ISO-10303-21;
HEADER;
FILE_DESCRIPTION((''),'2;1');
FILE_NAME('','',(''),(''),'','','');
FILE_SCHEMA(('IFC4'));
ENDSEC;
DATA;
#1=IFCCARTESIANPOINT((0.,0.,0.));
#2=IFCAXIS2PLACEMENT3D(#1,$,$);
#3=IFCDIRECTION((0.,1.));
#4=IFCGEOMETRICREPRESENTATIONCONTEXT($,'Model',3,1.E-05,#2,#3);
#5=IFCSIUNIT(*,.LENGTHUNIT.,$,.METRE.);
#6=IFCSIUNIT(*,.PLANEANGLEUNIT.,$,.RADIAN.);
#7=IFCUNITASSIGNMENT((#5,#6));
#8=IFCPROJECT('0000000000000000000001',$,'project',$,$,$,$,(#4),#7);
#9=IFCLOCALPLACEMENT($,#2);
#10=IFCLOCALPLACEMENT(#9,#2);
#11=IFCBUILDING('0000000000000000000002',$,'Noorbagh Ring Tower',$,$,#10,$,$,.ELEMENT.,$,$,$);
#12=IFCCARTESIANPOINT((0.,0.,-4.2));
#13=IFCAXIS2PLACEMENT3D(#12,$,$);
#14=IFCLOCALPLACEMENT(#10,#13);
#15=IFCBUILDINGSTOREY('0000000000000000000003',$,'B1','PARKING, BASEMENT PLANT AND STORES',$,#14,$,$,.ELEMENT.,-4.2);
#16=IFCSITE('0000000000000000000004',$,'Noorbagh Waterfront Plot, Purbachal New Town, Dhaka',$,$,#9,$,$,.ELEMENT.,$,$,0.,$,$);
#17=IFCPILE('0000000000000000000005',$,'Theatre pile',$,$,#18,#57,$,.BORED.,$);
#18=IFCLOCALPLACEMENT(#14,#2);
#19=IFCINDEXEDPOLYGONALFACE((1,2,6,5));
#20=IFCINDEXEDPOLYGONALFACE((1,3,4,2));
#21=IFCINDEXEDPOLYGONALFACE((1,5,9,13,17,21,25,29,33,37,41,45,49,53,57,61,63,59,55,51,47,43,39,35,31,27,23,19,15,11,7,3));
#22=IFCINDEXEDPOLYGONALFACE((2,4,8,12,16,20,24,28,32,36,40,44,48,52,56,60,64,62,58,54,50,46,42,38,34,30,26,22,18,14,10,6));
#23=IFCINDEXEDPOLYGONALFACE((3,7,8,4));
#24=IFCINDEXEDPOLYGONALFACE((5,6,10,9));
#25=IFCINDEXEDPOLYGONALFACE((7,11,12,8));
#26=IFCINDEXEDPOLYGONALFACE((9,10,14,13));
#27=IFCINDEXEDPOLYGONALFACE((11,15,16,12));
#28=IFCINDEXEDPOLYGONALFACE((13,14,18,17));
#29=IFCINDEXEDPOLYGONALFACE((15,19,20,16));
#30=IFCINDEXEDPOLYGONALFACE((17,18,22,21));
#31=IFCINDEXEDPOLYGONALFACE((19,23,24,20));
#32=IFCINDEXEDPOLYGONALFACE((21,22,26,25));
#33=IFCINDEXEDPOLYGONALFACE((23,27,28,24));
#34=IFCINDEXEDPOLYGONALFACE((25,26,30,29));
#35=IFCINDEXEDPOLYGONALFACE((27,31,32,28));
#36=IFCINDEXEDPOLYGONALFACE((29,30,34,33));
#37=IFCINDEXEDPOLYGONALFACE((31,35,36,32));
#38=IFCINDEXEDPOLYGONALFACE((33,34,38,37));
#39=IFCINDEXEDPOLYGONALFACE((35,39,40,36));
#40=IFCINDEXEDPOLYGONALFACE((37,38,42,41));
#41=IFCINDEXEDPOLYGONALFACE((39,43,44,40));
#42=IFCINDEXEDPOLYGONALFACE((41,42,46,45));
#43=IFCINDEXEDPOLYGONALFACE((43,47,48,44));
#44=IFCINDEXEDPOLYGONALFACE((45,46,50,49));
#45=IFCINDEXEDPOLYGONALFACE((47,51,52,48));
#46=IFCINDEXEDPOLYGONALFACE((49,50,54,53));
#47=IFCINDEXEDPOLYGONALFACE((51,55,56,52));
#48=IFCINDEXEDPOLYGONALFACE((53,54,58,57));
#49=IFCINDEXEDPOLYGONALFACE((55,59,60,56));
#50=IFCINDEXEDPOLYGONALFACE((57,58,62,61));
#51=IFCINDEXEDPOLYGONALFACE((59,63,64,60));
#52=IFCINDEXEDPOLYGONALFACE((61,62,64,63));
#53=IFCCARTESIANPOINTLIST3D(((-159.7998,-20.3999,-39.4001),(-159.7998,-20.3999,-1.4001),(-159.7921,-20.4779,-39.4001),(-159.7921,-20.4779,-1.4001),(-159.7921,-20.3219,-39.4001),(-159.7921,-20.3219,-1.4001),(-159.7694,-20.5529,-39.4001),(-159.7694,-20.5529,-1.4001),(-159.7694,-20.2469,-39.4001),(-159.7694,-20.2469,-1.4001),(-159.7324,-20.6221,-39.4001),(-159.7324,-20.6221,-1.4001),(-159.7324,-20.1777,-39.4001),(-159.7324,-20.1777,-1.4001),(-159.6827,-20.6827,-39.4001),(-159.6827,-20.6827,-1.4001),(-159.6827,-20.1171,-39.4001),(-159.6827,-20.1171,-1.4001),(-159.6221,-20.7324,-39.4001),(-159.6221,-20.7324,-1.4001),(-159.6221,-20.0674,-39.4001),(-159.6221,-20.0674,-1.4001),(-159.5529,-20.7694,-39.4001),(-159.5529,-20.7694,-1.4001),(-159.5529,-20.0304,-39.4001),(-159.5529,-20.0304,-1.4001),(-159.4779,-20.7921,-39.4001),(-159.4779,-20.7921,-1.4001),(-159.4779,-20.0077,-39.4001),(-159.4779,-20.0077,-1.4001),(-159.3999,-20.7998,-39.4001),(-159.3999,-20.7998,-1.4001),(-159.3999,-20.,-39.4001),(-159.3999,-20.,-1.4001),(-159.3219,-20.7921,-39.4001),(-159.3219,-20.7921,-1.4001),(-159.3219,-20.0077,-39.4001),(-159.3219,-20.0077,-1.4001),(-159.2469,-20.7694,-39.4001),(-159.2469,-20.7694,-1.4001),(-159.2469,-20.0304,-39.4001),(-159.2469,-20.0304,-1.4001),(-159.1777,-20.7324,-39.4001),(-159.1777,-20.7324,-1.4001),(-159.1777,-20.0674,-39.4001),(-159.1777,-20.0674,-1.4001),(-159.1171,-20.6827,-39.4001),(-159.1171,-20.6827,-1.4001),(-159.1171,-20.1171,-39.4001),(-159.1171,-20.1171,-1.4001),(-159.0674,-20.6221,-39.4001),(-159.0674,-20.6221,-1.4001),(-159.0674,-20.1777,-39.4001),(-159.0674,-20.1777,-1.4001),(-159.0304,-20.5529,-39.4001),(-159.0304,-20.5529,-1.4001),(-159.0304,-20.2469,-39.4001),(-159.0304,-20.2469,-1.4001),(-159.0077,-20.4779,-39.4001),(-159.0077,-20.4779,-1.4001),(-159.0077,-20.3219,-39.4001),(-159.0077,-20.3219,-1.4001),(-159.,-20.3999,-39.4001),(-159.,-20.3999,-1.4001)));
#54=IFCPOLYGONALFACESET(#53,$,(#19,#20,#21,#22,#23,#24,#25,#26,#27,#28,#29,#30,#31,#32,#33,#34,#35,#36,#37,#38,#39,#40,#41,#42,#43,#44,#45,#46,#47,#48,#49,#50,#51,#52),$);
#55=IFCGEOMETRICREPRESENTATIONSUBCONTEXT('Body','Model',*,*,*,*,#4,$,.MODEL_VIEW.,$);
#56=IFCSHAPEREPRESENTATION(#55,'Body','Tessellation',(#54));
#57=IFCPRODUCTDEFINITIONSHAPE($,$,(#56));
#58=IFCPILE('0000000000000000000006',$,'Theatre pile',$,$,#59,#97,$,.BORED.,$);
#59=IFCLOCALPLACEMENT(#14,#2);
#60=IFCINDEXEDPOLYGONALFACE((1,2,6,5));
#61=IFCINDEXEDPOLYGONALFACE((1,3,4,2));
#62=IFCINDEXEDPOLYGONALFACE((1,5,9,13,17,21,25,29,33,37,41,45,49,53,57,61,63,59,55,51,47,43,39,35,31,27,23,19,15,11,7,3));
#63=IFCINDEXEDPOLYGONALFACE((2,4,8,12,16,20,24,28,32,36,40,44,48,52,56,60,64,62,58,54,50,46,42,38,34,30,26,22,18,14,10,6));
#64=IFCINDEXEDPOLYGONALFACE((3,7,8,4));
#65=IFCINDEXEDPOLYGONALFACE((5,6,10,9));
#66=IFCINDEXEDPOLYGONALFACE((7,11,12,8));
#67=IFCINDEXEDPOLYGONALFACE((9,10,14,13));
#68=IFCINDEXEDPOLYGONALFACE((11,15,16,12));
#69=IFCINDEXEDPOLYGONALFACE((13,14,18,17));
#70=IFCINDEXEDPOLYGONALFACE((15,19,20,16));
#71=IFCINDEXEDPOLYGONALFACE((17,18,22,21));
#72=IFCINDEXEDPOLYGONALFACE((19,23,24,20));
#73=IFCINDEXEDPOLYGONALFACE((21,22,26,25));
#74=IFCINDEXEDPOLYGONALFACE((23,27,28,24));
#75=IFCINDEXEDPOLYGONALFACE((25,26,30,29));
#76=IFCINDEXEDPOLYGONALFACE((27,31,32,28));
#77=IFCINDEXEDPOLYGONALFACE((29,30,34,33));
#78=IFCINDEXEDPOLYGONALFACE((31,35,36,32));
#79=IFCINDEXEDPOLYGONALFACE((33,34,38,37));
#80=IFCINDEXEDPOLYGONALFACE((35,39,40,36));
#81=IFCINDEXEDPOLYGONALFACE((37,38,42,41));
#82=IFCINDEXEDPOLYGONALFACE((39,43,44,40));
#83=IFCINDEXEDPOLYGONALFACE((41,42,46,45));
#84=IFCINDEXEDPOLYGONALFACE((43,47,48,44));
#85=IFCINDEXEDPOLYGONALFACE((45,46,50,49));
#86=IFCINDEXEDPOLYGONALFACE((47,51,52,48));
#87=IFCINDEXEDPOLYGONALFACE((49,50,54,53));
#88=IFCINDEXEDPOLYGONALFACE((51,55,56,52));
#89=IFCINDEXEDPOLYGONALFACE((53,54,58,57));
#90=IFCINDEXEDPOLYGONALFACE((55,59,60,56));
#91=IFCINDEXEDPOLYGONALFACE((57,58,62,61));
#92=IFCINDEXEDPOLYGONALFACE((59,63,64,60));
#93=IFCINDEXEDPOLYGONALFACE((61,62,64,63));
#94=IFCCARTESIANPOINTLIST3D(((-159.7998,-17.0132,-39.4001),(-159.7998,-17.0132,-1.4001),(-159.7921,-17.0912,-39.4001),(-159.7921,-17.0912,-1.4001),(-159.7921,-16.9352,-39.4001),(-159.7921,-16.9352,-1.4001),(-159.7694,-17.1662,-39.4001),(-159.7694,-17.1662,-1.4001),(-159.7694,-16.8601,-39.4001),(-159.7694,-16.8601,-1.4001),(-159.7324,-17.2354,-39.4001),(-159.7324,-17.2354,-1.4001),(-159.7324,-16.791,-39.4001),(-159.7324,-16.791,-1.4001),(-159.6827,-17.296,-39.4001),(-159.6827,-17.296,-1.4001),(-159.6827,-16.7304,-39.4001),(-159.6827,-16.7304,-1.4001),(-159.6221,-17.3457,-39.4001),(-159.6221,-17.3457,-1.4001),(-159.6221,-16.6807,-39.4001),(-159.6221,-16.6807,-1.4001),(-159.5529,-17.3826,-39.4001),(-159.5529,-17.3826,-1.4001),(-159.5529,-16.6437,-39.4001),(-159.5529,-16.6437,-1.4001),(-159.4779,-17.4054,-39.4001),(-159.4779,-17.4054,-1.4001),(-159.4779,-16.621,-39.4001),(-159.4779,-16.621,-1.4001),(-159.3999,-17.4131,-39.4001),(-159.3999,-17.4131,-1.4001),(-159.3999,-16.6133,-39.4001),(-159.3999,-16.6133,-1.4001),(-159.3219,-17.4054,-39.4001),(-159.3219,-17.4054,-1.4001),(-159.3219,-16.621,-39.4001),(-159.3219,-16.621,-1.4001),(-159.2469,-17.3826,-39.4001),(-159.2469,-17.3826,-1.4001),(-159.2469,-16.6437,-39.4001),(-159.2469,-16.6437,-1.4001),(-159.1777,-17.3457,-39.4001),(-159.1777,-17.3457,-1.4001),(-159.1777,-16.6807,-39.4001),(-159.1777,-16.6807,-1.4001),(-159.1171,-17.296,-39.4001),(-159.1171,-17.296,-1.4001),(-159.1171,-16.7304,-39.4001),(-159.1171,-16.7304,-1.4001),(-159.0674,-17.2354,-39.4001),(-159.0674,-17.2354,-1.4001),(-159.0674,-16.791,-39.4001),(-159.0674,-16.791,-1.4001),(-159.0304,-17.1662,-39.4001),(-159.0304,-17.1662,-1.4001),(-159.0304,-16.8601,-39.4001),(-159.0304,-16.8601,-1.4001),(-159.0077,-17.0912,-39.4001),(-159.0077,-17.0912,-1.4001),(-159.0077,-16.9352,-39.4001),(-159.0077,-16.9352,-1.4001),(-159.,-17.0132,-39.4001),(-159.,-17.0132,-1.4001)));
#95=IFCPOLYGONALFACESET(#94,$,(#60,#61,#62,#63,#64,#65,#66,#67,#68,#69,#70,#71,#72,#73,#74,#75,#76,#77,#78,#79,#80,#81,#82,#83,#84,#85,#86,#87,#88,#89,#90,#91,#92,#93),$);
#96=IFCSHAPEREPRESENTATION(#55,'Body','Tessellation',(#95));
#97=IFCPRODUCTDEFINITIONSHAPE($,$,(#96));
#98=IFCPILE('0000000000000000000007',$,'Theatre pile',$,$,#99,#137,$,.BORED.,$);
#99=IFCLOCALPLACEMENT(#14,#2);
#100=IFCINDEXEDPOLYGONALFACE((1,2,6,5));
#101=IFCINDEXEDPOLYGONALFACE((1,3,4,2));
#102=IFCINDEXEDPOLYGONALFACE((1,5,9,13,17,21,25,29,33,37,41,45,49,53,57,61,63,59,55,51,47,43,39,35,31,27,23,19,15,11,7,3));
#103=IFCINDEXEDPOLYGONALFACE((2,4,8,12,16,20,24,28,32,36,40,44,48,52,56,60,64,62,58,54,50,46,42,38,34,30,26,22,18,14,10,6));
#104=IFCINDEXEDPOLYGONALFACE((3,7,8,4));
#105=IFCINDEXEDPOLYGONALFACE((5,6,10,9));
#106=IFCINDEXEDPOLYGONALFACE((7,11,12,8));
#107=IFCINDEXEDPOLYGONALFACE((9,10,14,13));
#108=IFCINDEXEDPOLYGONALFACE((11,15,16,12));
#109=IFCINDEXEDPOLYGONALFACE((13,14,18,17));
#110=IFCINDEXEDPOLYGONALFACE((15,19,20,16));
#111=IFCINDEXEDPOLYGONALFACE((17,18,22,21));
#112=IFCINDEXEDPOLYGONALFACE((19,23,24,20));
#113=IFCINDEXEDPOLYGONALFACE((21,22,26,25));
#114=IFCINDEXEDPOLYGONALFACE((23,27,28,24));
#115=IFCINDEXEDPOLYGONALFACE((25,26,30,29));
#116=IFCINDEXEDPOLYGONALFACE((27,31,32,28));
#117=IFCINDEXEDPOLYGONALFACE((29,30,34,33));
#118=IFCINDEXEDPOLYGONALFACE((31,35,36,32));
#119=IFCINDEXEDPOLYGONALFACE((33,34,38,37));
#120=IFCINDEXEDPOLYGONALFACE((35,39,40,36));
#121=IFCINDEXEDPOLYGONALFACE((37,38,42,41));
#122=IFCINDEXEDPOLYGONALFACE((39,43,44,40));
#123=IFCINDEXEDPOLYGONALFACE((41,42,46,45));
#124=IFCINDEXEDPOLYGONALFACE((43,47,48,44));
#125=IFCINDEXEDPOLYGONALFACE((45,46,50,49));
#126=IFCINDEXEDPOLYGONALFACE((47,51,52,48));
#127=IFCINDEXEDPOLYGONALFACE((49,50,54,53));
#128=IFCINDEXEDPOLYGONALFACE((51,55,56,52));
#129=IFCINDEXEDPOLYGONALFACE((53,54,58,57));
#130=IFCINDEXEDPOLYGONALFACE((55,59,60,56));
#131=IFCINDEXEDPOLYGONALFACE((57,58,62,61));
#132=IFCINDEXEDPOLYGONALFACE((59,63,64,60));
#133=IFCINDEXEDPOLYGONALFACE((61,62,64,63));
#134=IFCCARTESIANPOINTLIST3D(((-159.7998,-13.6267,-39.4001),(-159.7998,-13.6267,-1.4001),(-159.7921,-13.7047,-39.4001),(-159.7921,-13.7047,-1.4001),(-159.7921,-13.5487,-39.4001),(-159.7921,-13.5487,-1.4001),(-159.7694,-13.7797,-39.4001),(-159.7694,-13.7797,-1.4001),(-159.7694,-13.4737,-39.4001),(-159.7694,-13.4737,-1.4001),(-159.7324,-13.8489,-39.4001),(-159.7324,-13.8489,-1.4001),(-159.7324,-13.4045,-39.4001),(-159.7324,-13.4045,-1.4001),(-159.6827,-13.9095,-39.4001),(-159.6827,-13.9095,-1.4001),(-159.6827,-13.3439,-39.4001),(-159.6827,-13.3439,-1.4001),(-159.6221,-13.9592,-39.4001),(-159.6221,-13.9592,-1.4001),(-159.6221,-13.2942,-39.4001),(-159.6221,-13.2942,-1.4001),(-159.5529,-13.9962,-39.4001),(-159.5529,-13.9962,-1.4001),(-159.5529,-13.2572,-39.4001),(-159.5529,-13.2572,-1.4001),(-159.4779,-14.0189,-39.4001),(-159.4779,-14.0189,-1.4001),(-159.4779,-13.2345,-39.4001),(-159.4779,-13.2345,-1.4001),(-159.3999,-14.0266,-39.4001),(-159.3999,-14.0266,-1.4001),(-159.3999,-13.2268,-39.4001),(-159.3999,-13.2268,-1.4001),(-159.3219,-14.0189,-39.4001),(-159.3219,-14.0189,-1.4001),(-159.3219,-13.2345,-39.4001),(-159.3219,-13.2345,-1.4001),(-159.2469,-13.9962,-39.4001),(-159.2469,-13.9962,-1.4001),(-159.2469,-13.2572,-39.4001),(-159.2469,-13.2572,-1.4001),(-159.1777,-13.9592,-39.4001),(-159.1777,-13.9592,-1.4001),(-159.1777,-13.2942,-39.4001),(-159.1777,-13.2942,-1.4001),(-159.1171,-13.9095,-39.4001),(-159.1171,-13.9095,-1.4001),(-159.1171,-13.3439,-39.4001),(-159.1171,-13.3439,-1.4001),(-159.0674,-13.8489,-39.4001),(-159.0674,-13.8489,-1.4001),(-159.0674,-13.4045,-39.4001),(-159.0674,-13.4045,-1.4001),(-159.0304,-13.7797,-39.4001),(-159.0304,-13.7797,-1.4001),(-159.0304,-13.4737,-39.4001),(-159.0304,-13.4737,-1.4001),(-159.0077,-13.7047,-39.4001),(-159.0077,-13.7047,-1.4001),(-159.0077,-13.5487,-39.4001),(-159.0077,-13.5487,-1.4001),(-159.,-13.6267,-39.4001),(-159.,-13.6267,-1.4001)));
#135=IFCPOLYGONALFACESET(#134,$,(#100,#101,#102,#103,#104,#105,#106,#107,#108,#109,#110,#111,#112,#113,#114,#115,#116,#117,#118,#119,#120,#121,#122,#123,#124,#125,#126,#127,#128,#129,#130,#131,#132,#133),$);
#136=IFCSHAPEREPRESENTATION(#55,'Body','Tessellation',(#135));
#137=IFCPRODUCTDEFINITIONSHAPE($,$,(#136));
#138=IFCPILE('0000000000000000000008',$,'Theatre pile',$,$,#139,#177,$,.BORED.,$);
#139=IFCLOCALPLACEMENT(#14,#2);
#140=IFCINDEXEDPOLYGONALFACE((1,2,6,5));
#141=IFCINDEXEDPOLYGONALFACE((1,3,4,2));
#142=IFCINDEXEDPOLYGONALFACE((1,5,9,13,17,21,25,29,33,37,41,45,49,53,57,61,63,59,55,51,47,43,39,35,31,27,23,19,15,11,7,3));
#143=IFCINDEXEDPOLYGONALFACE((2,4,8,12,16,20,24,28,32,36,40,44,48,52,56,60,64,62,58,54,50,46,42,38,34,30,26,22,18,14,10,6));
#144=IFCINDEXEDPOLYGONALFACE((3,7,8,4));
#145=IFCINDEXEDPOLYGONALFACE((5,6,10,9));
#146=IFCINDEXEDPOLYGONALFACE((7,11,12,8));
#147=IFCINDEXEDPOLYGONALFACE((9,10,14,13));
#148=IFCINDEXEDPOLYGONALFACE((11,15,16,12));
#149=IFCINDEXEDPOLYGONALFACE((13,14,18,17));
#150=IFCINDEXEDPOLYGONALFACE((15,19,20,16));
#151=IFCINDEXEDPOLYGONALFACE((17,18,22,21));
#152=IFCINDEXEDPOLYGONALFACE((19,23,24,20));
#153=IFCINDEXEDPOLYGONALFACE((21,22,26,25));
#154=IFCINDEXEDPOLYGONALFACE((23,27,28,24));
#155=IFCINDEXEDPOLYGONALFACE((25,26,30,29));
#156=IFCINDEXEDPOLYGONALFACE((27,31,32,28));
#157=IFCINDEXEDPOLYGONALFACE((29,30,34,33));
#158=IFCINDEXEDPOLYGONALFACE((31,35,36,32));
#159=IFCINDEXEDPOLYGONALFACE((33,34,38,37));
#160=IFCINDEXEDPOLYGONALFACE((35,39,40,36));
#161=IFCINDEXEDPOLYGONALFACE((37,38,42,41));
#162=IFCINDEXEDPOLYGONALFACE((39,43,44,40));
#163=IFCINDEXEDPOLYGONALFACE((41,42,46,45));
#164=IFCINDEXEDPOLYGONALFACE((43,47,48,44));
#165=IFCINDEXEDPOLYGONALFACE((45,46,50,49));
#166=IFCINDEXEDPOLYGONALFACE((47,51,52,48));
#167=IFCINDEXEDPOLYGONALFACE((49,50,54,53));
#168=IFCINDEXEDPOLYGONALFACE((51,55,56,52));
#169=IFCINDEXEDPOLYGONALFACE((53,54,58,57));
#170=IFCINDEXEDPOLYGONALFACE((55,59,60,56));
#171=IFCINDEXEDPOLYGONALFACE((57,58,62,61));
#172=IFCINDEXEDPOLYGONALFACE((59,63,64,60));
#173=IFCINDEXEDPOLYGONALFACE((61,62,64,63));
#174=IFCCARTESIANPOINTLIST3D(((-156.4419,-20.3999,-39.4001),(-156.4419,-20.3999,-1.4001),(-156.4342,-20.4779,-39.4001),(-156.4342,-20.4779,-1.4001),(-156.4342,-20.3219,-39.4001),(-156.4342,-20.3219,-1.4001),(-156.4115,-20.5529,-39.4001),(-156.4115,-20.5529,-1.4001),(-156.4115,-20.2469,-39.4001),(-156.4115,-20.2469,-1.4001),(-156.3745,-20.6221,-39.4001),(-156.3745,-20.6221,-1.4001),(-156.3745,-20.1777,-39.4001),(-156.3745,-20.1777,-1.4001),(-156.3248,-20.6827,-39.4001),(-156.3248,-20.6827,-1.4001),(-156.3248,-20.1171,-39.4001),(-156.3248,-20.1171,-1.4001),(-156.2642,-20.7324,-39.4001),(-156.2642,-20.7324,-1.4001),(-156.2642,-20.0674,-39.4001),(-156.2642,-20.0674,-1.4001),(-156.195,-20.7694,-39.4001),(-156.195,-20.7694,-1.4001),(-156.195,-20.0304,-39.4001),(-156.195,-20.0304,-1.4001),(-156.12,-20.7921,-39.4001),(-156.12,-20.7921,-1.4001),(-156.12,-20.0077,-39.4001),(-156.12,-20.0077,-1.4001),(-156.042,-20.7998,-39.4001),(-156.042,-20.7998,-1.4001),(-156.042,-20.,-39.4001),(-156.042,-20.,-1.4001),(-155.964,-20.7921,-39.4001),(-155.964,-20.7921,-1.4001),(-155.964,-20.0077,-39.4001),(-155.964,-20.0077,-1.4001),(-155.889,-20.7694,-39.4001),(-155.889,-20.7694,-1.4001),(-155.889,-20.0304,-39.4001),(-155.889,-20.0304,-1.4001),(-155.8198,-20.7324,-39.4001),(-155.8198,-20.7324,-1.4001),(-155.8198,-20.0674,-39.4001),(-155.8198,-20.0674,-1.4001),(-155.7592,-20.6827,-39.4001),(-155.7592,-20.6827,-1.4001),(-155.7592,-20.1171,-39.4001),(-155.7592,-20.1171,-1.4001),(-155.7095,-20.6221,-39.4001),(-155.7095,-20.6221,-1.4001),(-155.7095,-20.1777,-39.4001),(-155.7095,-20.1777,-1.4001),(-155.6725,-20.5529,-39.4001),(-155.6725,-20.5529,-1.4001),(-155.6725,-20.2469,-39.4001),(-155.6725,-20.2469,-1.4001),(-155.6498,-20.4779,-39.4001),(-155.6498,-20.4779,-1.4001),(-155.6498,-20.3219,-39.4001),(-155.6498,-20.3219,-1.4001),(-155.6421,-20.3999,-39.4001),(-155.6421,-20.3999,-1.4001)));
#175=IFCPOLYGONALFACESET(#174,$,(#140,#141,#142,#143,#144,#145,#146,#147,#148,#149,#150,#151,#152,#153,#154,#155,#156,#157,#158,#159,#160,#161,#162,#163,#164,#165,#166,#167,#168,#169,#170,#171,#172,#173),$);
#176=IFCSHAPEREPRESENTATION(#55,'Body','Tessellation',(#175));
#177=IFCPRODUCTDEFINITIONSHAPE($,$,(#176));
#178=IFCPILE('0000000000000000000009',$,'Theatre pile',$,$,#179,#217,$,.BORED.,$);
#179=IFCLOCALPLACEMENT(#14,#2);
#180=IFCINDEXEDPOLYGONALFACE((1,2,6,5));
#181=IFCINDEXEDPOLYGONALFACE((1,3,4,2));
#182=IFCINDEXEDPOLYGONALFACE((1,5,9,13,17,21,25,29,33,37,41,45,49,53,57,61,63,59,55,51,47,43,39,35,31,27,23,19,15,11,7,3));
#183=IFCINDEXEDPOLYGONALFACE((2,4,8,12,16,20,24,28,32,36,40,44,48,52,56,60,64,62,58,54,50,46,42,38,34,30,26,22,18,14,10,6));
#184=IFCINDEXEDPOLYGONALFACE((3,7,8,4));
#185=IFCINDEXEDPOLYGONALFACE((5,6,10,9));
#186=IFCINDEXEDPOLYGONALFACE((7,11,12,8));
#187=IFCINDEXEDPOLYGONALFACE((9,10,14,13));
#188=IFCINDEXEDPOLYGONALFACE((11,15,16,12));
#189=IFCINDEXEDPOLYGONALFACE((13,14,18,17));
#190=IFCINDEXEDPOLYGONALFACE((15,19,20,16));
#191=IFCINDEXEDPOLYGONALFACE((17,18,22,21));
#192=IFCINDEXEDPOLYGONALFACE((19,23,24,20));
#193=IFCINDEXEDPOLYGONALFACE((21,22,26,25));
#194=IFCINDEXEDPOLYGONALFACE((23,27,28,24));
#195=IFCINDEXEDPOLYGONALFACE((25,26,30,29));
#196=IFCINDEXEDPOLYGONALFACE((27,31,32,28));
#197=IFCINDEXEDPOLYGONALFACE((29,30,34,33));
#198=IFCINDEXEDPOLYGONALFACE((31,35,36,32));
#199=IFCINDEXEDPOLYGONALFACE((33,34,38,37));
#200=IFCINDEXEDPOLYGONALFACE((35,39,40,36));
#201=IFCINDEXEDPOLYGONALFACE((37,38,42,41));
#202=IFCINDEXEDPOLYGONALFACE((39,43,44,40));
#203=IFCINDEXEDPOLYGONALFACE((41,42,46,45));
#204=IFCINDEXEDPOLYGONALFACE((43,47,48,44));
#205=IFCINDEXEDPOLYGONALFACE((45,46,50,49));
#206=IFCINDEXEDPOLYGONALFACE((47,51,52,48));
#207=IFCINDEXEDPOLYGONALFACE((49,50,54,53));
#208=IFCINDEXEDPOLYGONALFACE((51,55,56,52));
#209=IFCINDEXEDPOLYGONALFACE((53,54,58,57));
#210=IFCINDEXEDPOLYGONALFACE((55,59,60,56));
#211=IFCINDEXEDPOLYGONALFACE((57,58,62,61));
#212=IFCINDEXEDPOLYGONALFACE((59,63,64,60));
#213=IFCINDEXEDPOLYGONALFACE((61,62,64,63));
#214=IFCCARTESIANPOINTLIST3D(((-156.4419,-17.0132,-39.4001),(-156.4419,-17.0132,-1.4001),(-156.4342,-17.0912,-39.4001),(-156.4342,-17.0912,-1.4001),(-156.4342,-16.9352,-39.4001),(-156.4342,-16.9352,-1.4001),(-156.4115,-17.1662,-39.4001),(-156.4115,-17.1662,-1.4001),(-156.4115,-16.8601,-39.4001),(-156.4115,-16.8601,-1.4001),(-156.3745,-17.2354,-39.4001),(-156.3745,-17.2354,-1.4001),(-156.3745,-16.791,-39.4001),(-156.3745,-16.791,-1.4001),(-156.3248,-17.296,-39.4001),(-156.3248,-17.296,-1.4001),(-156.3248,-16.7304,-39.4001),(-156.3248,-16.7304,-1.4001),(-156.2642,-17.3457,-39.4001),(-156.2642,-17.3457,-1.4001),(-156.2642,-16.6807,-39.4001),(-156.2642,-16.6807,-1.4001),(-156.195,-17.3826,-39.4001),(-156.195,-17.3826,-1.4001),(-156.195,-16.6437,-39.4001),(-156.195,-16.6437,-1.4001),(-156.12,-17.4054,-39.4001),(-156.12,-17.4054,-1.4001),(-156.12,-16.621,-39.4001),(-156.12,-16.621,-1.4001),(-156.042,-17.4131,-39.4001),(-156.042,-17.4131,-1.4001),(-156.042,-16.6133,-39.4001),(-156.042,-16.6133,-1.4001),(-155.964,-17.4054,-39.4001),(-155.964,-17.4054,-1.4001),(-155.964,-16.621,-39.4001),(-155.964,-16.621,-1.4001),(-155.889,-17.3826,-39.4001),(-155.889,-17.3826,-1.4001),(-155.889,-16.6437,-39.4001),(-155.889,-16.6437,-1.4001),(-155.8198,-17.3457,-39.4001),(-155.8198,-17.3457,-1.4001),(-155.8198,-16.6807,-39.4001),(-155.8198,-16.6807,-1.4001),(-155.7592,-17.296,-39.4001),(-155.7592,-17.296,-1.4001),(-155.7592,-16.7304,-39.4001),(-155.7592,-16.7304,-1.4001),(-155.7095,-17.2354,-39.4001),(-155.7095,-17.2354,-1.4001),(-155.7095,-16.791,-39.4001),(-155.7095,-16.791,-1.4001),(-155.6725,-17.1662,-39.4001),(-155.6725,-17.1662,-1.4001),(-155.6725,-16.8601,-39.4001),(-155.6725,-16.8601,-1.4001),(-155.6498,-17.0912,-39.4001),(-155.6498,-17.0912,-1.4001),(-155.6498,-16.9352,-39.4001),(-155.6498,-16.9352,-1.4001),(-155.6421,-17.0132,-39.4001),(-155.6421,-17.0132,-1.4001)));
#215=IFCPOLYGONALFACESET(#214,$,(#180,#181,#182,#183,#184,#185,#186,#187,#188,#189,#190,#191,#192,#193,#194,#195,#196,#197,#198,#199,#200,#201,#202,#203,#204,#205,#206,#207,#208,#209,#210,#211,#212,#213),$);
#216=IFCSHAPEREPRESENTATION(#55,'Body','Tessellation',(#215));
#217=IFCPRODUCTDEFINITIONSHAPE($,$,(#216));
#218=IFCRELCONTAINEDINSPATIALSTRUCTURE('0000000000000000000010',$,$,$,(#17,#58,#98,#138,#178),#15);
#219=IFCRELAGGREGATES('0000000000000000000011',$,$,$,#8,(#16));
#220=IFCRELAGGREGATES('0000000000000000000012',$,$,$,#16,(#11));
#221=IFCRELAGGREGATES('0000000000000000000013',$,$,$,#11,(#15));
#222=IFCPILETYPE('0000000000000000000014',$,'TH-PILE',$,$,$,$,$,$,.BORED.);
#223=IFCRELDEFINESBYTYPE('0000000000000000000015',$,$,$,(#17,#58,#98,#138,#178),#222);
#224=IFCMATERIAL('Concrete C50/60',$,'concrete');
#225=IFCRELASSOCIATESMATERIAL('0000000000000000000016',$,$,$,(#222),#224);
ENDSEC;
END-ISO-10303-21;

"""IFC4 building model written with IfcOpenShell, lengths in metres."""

from ifc_helpers import new_model, si_unit, direction, frame, origin, origin_2d, place, context, subcontext, project, spatial, circle, extrude, material, material_profile, profile_set, type_object, element, save


model = new_model("IFC4")

# Units and contexts
model_context = context("Model", 3, precision=1e-05, world=origin(), true_north=direction((0.0, 1.0)))
body_context = subcontext(model_context, "Body", "Model", "MODEL_VIEW")
ifc_project = project(units=[si_unit("LENGTHUNIT", "METRE"), si_unit("PLANEANGLEUNIT", "RADIAN")], contexts=[model_context])

# Site, building, storey
site_placement = place(None, origin())
site = spatial("IfcSite", under=ifc_project, at=site_placement, Name="Noorbagh Waterfront Plot, Purbachal New Town, Dhaka", CompositionType="ELEMENT", RefElevation=0.0)
building_placement = place(site_placement, origin())
building = spatial("IfcBuilding", under=site, at=building_placement, Name="Noorbagh Ring Tower", CompositionType="ELEMENT")
storey_placement = place(building_placement, frame((0.0, 0.0, -4.2)))
storey = spatial("IfcBuildingStorey", under=building, at=storey_placement, Name="B1", Description="PARKING, BASEMENT PLANT AND STORES", CompositionType="ELEMENT", Elevation=-4.2)

# Piles
ifc_material_1 = material(Name="Concrete C50/60", Category="concrete")
ifc_material_profile_1 = material_profile(ifc_material_1, circle(Radius=0.3999, at=origin_2d()), Name="PILE800")
ifc_profile_set_1 = profile_set([ifc_material_profile_1], Name="Concrete C50/60")
pile_type = type_object("IfcPileType", Name="TH-PILE", PredefinedType="BORED", material=ifc_profile_set_1)
for number, where, z_axis, x_axis, name in (
    (1, (-159.3999, -20.3999, -1.4001), (0.0, 0.0, -1.0), (1.0, 0.0, 0.0), "Theatre pile"),
    (2, (-159.3999, -17.0132, -1.4001), (0.0, 0.0, -1.0), (1.0, 0.0, 0.0), "Theatre pile"),
    (3, (-159.3999, -13.6267, -1.4001), (0.0, 0.0, -1.0), (1.0, 0.0, 0.0), "Theatre pile"),
    (4, (-156.042, -20.3999, -1.4001), (0.0, 0.0, -1.0), (1.0, 0.0, 0.0), "Theatre pile"),
    (5, (-156.042, -17.0132, -1.4001), (0.0, 0.0, -1.0), (1.0, 0.0, 0.0), "Theatre pile"),
):
    element("IfcPile", number, at=place(storey_placement, frame(where, z_axis=z_axis, x_axis=x_axis)), inside=storey, type_object=pile_type, Name=name, PredefinedType="BORED", context=body_context, shape_type="SweptSolid", body=[
        extrude(circle(Radius=0.3999, at=origin_2d()), origin(), (0.0, 0.0, 1.0), 38.0),
    ])

save(model, "model.ifc")
